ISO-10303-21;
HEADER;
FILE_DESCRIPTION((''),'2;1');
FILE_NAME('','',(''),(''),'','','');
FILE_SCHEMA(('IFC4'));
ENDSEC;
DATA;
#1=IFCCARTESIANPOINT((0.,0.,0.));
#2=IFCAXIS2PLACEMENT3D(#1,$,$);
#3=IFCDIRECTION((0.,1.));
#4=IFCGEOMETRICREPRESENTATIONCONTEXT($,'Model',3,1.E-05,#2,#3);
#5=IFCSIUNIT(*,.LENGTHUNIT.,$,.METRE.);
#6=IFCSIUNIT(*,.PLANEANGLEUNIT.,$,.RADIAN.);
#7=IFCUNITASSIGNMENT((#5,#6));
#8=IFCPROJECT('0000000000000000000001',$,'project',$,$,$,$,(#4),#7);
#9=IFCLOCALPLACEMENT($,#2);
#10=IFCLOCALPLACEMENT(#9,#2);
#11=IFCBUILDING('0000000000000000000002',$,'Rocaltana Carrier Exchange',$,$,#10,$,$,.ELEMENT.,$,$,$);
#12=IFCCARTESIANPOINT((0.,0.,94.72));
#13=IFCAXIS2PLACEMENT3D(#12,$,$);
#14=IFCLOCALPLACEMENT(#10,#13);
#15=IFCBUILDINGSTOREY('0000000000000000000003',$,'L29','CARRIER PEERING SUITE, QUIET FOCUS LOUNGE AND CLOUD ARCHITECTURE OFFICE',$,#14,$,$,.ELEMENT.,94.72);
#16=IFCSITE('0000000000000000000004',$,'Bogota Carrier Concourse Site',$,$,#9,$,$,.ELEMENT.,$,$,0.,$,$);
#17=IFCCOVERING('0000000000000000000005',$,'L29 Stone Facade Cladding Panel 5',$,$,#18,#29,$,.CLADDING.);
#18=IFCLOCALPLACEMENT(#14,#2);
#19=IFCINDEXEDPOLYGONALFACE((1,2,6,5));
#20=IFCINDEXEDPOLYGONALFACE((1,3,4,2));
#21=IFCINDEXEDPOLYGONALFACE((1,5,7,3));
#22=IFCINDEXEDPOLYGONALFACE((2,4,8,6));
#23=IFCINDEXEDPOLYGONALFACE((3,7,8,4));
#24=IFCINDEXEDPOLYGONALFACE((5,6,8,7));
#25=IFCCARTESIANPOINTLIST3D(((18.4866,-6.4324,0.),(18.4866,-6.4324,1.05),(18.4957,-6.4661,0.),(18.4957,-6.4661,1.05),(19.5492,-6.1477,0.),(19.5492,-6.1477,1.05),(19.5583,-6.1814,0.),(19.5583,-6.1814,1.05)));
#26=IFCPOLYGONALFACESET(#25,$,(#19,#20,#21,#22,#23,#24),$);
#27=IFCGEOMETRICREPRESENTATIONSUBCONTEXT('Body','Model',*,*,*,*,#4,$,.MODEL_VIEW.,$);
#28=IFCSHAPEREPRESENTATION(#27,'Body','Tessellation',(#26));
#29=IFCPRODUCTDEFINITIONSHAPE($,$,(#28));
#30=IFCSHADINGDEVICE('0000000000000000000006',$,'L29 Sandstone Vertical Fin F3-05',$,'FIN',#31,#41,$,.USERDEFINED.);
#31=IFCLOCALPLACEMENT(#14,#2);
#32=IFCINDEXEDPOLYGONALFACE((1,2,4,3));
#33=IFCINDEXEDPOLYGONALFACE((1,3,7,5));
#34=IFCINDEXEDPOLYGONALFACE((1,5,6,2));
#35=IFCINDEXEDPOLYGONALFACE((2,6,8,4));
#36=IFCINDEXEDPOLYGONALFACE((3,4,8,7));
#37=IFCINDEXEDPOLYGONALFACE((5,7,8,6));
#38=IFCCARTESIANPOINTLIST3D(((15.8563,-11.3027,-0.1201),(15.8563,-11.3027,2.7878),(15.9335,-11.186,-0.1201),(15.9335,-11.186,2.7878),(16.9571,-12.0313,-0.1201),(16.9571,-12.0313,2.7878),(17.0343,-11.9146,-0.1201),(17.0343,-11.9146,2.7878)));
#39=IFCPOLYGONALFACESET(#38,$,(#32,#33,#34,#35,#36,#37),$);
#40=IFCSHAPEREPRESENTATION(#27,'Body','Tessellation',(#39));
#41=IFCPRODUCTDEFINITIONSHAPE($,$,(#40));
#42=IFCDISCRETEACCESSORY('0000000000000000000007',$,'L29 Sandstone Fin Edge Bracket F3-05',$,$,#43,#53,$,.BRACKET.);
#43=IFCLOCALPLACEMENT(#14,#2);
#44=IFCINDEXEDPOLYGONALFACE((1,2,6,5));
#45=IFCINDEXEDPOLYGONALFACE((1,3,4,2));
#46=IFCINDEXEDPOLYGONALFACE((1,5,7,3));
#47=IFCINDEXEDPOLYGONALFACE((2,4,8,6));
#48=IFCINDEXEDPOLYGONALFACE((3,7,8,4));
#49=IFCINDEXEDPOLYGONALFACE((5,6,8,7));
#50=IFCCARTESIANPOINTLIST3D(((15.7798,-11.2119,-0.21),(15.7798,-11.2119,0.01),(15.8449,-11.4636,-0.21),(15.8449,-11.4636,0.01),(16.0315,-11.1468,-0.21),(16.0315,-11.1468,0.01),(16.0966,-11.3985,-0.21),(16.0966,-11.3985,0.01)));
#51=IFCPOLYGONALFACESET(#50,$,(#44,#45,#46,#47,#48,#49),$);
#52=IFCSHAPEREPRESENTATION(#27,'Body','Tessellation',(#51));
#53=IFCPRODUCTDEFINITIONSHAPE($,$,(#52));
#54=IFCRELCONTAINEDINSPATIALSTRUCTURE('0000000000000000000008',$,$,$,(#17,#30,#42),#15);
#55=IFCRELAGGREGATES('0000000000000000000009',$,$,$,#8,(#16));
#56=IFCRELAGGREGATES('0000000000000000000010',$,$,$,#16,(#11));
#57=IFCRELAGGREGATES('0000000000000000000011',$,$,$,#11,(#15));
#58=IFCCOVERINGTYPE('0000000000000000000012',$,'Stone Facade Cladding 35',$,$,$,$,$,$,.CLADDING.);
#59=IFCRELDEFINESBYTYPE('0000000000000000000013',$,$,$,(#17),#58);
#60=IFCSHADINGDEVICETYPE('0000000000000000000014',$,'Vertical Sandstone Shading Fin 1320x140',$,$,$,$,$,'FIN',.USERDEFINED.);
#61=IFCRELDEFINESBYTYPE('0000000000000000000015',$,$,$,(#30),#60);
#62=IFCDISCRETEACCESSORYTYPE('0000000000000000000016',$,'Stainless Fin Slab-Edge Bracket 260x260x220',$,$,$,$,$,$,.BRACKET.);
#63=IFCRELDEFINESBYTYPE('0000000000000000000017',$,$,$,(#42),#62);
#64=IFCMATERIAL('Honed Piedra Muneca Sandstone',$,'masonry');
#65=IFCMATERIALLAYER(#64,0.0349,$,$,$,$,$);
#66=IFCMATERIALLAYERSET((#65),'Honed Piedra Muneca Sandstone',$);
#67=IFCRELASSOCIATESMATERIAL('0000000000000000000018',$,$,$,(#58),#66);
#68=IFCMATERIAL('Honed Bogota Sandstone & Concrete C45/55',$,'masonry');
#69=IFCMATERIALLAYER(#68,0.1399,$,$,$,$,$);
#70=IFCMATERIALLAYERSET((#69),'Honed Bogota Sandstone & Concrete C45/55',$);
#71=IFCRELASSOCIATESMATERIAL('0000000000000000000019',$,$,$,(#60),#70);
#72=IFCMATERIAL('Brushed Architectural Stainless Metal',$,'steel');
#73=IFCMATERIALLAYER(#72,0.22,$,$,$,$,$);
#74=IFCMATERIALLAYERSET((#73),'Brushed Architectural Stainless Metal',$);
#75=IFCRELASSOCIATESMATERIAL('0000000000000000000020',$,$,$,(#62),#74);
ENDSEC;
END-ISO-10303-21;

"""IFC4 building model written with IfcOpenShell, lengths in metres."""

from ifc_helpers import new_model, si_unit, direction, frame, origin, origin_2d, place, context, subcontext, project, spatial, rectangle, extrude, material, layer, layer_set, type_object, element, save


model = new_model("IFC4")

# Units and contexts
model_context = context("Model", 3, precision=1e-05, world=origin(), true_north=direction((0.0, 1.0)))
body_context = subcontext(model_context, "Body", "Model", "MODEL_VIEW")
ifc_project = project(units=[si_unit("LENGTHUNIT", "METRE"), si_unit("PLANEANGLEUNIT", "RADIAN")], contexts=[model_context])

# Site, building, storey
site_placement = place(None, origin())
site = spatial("IfcSite", under=ifc_project, at=site_placement, Name="Bogota Carrier Concourse Site", CompositionType="ELEMENT", RefElevation=0.0)
building_placement = place(site_placement, origin())
building = spatial("IfcBuilding", under=site, at=building_placement, Name="Rocaltana Carrier Exchange", CompositionType="ELEMENT")
storey_placement = place(building_placement, frame((0.0, 0.0, 94.72)))
storey = spatial("IfcBuildingStorey", under=building, at=storey_placement, Name="L29", Description="CARRIER PEERING SUITE, QUIET FOCUS LOUNGE AND CLOUD ARCHITECTURE OFFICE", CompositionType="ELEMENT", Elevation=94.72)

# Covering
ifc_material_1 = material(Name="Honed Piedra Muneca Sandstone", Category="masonry")
ifc_layer_1 = layer(ifc_material_1, 0.0349)
ifc_layer_set_1 = layer_set([ifc_layer_1], Name="Honed Piedra Muneca Sandstone")
covering_type = type_object("IfcCoveringType", Name="Stone Facade Cladding 35", PredefinedType="CLADDING", material=ifc_layer_set_1)
covering_placement = place(storey_placement, frame((19.0225, -6.3069, 0.0), z_axis=(0.0, 0.0, 1.0), x_axis=(0.965926, 0.258819, 0.0)))
element("IfcCovering", 1, at=covering_placement, inside=storey, type_object=covering_type, Name="L29 Stone Facade Cladding Panel 5", PredefinedType="CLADDING", context=body_context, shape_type="SweptSolid", body=[
    extrude(rectangle(XDim=1.1001, YDim=0.0349, at=origin_2d()), origin(), (0.0, 0.0, 1.0), 1.05),
])

# Shading device
ifc_material_2 = material(Name="Honed Bogota Sandstone & Concrete C45/55", Category="masonry")
ifc_layer_2 = layer(ifc_material_2, 0.1399)
ifc_layer_set_2 = layer_set([ifc_layer_2], Name="Honed Bogota Sandstone & Concrete C45/55")
shading_device_type = type_object("IfcShadingDeviceType", Name="Vertical Sandstone Shading Fin 1320x140", ElementType="FIN", PredefinedType="USERDEFINED", material=ifc_layer_set_2)
shading_device_placement = place(storey_placement, frame((16.4453, -11.6086, -0.1201), z_axis=(0.0, 0.0, 1.0), x_axis=(0.833886, -0.551937, 0.0)))
element("IfcShadingDevice", 2, at=shading_device_placement, inside=storey, type_object=shading_device_type, Name="L29 Sandstone Vertical Fin F3-05", ObjectType="FIN", PredefinedType="USERDEFINED", context=body_context, shape_type="SweptSolid", body=[
    extrude(rectangle(XDim=1.3201, YDim=0.1399, at=origin_2d()), origin(), (0.0, 0.0, 1.0), 2.908),
])

# Discrete accessory
ifc_material_3 = material(Name="Brushed Architectural Stainless Metal", Category="steel")
ifc_layer_3 = layer(ifc_material_3, 0.22)
ifc_layer_set_3 = layer_set([ifc_layer_3], Name="Brushed Architectural Stainless Metal")
discrete_accessory_type = type_object("IfcDiscreteAccessoryType", Name="Stainless Fin Slab-Edge Bracket 260x260x220", PredefinedType="BRACKET", material=ifc_layer_set_3)
discrete_accessory_placement = place(storey_placement, frame((15.9382, -11.3052, -0.21), z_axis=(0.0, 0.0, 1.0), x_axis=(0.968148, 0.25038, 0.0)))
element("IfcDiscreteAccessory", 3, at=discrete_accessory_placement, inside=storey, type_object=discrete_accessory_type, Name="L29 Sandstone Fin Edge Bracket F3-05", PredefinedType="BRACKET", context=body_context, shape_type="SweptSolid", body=[
    extrude(rectangle(XDim=0.26, YDim=0.26, at=origin_2d()), origin(), (0.0, 0.0, 1.0), 0.22),
])

save(model, "model.ifc")
